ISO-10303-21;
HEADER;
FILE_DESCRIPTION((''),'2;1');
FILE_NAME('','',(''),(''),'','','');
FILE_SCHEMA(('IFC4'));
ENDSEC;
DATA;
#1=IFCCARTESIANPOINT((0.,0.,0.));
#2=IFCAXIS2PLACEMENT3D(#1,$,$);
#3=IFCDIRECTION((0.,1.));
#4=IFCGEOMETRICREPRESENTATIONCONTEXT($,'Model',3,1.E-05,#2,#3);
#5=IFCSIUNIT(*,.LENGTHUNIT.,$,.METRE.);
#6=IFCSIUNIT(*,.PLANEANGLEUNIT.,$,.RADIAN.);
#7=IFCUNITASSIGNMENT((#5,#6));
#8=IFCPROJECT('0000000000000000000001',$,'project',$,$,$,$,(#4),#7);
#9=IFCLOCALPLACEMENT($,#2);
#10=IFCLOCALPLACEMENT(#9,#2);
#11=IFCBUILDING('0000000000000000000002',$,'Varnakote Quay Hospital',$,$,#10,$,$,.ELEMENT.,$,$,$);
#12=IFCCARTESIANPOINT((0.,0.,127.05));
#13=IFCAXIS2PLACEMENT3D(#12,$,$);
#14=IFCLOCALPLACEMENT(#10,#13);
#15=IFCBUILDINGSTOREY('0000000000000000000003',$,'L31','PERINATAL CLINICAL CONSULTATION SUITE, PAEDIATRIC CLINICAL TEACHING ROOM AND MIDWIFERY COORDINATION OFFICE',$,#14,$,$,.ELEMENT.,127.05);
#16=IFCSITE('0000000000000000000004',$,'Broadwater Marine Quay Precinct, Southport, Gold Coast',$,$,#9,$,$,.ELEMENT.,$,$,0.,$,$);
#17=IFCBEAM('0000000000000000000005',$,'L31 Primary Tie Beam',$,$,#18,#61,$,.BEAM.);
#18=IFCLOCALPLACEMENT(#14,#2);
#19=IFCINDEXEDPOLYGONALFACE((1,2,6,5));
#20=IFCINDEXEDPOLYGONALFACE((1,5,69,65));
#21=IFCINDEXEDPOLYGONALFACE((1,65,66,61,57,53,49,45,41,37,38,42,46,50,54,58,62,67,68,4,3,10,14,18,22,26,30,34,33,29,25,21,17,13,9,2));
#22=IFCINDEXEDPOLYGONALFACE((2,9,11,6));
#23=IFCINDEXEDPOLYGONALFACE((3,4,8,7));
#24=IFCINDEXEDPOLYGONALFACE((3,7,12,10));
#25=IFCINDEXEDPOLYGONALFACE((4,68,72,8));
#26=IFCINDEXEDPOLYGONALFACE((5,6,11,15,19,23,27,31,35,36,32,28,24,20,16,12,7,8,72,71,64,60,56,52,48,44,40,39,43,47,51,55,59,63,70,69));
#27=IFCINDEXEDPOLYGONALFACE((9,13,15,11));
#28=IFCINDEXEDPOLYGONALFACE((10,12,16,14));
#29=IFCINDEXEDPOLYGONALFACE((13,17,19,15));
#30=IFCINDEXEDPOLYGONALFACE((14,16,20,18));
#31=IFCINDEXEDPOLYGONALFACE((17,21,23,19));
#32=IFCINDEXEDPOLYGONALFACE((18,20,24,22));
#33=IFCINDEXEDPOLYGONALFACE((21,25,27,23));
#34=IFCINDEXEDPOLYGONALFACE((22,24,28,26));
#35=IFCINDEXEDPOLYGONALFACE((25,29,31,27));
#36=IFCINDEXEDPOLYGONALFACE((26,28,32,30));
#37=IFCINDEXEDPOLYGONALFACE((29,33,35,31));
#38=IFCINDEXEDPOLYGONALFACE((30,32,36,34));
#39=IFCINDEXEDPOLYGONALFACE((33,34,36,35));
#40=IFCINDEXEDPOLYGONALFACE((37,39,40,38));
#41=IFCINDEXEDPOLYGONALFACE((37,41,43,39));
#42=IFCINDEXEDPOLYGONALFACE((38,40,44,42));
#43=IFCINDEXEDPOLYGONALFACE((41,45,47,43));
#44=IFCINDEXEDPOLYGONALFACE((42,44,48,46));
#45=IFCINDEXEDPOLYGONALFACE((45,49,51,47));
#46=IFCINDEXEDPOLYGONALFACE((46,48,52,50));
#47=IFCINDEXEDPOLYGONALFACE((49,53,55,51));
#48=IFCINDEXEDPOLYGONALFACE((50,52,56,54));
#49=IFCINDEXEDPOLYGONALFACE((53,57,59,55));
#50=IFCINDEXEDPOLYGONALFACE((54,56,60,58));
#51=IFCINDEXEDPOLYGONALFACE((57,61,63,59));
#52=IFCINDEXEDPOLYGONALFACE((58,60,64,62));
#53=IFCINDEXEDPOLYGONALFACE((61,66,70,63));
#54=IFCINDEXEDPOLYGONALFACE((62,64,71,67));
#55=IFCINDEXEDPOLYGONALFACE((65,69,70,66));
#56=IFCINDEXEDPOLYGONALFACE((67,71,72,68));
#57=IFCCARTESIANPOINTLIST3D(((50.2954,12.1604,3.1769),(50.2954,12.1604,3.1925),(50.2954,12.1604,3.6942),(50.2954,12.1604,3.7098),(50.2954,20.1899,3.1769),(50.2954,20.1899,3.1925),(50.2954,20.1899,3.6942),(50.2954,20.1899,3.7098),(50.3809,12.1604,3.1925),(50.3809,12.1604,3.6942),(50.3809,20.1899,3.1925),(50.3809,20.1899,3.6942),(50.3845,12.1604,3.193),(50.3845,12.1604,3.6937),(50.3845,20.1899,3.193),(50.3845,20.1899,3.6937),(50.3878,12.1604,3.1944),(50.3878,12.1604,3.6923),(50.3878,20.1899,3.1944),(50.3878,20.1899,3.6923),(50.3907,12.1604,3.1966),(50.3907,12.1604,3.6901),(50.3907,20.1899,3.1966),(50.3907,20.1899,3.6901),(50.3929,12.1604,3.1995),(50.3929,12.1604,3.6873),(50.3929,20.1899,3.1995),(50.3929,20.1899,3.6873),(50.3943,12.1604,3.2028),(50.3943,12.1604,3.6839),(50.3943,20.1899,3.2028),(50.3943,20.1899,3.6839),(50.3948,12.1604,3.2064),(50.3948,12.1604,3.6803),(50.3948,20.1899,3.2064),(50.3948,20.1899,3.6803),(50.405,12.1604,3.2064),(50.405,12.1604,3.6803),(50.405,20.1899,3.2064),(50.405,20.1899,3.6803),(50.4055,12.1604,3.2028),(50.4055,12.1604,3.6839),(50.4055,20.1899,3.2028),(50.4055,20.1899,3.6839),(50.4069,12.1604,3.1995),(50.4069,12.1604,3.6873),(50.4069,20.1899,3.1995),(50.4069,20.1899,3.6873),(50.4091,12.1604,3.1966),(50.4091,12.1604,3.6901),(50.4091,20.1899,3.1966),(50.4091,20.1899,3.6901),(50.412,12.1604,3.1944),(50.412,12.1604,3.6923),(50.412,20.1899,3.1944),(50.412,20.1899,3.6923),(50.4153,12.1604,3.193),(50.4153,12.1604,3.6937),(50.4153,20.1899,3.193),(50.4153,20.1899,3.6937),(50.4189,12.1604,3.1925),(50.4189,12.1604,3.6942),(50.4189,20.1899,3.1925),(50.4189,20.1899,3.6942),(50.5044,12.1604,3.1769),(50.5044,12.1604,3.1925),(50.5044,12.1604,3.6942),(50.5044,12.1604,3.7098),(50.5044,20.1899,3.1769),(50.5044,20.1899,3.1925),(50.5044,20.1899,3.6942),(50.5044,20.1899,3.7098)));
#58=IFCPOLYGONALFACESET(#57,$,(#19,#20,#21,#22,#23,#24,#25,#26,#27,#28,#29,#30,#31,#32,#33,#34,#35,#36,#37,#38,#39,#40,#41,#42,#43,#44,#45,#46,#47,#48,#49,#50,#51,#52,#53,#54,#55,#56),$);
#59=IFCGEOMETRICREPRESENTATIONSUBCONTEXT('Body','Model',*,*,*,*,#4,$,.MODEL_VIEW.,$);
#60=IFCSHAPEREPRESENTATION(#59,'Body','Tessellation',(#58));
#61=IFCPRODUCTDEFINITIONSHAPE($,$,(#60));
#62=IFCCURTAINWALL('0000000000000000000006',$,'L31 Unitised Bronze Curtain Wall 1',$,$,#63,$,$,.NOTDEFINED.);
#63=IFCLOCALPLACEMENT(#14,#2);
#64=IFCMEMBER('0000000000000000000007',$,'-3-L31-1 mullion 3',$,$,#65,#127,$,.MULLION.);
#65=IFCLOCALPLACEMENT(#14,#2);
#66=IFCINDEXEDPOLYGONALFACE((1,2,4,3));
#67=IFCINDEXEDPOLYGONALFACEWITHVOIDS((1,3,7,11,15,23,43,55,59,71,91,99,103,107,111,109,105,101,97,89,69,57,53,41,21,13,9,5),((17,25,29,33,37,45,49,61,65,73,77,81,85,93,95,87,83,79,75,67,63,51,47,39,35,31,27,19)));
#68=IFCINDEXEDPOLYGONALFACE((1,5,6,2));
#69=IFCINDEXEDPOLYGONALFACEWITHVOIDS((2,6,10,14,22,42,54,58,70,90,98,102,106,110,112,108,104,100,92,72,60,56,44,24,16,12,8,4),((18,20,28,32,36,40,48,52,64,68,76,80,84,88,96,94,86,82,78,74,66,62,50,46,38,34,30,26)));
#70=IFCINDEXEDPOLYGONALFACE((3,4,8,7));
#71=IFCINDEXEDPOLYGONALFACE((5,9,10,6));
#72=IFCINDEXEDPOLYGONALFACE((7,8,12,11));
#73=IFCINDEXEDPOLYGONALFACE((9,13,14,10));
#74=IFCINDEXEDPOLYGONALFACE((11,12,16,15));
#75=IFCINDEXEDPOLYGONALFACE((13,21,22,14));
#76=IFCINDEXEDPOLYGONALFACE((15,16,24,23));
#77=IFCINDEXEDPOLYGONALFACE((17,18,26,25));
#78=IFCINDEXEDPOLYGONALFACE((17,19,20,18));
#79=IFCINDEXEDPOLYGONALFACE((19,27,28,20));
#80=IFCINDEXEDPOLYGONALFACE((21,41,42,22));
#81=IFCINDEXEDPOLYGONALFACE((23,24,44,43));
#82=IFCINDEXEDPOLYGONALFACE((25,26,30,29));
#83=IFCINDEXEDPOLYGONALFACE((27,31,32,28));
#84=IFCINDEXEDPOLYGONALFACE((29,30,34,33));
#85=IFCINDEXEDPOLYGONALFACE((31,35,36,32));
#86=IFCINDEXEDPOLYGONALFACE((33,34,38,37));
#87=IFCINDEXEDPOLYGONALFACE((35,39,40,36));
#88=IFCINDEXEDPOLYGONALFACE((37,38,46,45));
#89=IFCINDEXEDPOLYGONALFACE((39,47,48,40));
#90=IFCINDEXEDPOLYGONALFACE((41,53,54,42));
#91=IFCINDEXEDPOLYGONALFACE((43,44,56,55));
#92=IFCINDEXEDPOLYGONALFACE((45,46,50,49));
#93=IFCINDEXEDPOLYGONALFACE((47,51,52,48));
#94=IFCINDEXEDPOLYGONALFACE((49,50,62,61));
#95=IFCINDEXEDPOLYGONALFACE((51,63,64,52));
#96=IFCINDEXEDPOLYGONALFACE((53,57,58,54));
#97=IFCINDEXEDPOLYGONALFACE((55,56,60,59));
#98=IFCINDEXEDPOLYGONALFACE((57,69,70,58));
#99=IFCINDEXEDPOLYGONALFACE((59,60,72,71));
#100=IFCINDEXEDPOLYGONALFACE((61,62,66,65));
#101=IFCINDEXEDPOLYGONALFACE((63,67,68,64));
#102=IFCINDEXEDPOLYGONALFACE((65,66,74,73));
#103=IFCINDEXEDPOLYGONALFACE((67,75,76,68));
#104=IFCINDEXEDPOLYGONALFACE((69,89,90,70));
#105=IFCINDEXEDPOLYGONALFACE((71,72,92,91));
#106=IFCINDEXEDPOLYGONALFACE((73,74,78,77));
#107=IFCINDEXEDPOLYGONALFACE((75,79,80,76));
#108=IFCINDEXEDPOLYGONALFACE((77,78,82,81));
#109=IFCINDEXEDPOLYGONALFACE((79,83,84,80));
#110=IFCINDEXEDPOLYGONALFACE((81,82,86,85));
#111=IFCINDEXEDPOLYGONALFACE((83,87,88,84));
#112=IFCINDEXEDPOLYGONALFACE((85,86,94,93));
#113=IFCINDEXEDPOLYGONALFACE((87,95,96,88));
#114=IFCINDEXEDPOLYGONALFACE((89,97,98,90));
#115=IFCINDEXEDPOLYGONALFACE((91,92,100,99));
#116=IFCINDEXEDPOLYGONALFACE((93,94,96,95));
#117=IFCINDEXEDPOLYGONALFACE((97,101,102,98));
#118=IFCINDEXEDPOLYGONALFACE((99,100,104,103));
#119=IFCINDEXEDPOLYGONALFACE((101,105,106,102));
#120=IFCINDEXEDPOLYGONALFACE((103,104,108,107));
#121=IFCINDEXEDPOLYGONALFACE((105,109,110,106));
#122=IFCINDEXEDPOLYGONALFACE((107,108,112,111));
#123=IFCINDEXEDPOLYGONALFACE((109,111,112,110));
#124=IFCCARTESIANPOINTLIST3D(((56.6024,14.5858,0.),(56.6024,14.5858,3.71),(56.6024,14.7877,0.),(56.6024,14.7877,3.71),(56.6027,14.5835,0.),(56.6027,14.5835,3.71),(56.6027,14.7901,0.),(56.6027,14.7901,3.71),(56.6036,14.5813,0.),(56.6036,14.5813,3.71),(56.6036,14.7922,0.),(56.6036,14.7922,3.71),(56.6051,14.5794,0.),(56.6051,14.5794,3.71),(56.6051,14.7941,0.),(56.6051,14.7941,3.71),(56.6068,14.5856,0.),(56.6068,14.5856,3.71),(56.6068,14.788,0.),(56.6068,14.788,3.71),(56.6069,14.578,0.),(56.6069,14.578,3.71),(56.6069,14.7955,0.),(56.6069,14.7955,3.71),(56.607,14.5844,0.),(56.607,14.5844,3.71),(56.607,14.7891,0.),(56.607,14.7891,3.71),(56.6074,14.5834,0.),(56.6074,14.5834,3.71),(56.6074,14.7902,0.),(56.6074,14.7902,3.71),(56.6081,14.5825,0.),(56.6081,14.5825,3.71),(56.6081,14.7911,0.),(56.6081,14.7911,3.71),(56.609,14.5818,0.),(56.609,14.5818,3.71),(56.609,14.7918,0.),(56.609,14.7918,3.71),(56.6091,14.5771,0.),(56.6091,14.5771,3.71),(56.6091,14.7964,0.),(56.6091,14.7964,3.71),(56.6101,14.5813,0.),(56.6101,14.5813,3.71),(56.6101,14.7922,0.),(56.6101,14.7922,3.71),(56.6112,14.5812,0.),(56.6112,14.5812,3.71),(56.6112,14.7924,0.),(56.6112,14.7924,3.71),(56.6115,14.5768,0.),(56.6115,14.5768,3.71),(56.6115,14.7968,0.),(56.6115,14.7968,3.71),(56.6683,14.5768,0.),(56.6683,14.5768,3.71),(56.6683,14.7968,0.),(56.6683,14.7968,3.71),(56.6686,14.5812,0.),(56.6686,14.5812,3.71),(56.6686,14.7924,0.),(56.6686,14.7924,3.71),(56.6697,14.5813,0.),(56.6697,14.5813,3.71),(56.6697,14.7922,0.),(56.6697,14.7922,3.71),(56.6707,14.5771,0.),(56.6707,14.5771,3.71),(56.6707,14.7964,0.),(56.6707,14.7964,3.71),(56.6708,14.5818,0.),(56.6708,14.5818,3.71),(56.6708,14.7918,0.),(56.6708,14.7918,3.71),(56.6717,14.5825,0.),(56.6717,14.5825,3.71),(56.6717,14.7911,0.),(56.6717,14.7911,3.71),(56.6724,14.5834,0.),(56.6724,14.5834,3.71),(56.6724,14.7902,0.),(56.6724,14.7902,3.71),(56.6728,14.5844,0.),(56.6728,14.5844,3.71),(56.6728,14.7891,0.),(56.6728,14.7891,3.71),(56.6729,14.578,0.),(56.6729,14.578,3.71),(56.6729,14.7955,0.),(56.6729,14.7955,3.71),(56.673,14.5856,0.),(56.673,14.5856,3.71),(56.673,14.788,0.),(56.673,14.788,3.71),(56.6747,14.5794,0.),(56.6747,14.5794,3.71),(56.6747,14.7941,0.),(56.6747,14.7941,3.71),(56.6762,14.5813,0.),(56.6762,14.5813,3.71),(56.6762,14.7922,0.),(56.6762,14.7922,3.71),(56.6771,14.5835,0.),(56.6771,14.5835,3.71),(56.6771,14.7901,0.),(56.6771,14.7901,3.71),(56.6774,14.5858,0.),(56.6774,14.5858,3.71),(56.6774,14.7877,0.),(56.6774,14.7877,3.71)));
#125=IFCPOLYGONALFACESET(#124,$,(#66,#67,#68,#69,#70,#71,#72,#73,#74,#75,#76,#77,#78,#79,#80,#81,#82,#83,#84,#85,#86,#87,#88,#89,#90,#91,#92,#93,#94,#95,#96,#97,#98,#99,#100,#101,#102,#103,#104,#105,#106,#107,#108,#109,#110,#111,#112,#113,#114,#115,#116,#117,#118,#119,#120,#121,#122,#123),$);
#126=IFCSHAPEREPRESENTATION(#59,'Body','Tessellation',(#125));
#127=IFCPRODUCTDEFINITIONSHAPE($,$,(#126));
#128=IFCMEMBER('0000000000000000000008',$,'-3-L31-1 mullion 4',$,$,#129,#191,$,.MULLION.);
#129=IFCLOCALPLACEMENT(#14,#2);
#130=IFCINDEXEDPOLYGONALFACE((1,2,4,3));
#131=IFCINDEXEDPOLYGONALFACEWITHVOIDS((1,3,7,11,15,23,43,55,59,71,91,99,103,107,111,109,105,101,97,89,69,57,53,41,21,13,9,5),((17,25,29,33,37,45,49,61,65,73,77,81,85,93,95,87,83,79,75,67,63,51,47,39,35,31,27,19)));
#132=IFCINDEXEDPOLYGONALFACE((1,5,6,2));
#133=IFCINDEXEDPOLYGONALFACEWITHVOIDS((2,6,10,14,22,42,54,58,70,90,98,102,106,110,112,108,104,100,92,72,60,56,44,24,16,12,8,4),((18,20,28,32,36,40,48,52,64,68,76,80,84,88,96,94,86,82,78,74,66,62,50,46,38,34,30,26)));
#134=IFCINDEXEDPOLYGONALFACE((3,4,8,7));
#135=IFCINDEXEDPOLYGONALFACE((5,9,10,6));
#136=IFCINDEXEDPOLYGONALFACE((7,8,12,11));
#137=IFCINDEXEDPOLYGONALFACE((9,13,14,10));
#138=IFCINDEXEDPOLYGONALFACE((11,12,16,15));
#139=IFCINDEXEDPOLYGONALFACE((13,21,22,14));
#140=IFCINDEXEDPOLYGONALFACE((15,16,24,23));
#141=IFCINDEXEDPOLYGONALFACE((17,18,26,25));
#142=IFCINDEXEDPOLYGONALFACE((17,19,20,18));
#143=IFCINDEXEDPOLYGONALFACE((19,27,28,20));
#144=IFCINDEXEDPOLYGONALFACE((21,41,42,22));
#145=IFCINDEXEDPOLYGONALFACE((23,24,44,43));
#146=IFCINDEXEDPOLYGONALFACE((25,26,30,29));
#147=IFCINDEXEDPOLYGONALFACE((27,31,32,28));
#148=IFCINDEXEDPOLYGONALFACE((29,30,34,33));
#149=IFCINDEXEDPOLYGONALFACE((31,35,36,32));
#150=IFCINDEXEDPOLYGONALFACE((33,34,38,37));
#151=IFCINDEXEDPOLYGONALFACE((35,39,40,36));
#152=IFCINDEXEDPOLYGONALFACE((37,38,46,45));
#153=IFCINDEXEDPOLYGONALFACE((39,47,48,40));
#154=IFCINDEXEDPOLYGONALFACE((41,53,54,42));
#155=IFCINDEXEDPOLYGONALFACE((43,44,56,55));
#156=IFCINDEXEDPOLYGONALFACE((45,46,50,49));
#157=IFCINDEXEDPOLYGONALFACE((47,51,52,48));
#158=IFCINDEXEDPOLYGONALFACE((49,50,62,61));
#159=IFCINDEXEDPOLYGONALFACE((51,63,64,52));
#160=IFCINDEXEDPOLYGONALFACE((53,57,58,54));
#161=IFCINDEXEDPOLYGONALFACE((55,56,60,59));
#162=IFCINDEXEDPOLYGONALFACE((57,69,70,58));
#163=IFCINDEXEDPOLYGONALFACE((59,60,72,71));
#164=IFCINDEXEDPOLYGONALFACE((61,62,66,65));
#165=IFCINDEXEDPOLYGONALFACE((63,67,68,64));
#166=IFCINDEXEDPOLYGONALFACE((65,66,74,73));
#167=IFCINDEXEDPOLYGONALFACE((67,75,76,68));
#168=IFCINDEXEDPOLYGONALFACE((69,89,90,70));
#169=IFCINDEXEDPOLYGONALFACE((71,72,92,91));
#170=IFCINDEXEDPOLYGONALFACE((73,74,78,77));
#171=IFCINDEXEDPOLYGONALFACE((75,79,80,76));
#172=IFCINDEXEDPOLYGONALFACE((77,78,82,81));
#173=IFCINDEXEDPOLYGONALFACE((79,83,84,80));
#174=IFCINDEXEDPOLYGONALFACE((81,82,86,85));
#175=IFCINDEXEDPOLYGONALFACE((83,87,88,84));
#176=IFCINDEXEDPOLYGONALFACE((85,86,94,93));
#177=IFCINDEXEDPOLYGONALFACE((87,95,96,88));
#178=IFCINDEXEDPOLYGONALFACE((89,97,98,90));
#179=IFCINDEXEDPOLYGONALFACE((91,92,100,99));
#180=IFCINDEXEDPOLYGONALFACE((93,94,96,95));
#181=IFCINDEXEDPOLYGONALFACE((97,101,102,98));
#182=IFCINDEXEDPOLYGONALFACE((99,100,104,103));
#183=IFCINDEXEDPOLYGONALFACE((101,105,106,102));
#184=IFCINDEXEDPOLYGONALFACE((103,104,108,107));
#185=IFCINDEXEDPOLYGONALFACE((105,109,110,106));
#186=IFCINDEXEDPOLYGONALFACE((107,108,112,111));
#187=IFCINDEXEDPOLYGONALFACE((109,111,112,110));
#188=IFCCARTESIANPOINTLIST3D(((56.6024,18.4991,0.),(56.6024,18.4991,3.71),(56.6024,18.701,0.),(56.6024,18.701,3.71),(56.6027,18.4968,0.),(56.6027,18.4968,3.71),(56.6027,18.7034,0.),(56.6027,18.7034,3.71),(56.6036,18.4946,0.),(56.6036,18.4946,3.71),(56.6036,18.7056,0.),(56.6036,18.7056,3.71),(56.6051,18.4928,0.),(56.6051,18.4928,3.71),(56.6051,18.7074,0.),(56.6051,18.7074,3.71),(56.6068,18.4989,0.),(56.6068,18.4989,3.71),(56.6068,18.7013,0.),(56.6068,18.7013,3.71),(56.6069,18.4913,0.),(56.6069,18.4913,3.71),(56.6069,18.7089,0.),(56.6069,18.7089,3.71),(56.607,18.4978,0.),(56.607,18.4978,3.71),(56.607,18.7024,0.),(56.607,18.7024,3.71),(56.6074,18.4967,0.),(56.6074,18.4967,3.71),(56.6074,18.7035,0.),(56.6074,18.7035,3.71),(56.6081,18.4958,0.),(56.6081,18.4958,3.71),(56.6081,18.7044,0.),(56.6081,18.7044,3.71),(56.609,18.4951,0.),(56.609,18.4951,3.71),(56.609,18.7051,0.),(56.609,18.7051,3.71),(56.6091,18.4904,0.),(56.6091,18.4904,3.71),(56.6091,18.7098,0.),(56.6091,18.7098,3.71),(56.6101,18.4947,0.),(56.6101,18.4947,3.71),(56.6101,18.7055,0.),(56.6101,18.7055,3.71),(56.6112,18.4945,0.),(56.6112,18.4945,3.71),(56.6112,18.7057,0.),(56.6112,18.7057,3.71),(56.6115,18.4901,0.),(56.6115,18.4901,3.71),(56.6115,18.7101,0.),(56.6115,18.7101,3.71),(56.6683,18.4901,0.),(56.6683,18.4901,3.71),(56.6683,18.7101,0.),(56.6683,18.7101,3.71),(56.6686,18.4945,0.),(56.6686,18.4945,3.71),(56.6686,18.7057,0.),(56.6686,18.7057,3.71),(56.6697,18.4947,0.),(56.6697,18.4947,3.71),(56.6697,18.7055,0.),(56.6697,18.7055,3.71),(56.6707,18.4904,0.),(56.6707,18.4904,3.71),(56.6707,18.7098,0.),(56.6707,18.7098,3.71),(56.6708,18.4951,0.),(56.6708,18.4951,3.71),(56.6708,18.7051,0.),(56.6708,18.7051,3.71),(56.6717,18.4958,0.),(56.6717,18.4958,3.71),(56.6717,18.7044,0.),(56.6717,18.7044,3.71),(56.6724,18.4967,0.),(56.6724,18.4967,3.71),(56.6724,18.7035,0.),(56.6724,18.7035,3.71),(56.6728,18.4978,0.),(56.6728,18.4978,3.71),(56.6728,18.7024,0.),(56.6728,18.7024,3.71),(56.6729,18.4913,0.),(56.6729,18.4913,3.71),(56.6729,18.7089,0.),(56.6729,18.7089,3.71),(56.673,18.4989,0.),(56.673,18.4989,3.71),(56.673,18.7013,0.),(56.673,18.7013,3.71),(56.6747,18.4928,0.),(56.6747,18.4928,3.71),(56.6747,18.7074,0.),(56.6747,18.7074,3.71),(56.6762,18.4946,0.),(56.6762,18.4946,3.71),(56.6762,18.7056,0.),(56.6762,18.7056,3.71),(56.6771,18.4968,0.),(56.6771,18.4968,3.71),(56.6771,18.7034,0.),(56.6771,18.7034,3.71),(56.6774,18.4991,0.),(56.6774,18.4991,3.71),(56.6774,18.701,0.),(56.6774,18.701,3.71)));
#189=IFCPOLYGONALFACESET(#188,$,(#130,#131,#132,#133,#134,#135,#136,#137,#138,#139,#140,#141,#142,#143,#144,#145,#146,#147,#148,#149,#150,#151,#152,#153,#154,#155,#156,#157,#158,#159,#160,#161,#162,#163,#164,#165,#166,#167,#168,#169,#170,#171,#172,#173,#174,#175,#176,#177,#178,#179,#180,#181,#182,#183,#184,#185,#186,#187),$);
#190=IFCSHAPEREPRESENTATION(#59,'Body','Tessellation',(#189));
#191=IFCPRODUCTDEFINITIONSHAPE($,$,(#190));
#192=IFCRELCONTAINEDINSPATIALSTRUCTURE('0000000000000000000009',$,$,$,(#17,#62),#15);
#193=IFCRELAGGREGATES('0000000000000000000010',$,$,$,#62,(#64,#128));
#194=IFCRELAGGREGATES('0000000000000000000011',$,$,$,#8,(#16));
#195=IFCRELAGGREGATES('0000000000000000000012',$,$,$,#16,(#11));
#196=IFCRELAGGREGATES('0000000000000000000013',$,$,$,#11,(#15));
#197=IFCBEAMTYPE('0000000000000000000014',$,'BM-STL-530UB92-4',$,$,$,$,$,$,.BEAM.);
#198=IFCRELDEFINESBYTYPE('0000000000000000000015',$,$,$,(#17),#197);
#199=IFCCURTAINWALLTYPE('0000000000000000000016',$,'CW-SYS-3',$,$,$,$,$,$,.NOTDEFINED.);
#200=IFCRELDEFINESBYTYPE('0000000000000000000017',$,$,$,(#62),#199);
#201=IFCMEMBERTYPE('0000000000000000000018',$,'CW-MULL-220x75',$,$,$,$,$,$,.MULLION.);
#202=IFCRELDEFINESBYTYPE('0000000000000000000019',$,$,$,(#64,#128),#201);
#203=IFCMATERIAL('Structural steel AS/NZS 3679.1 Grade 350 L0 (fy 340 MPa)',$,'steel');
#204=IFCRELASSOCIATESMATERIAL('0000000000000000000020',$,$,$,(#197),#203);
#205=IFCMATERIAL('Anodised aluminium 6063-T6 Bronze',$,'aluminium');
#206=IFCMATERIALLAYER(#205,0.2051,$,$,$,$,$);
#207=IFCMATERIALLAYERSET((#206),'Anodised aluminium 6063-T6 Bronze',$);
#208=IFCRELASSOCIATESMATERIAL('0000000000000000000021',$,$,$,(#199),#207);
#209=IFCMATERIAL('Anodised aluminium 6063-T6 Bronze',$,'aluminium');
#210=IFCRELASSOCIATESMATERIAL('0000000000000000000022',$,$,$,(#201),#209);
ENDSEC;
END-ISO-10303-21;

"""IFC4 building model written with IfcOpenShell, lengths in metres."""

from ifc_helpers import new_model, si_unit, direction, frame, origin, origin_2d, place, context, subcontext, project, spatial, hollow_rectangle, i_section, extrude, material, layer, layer_set, material_profile, profile_set, type_object, element, aggregate, save


model = new_model("IFC4")

# Units and contexts
model_context = context("Model", 3, precision=1e-05, world=origin(), true_north=direction((0.0, 1.0)))
body_context = subcontext(model_context, "Body", "Model", "MODEL_VIEW")
ifc_project = project(units=[si_unit("LENGTHUNIT", "METRE"), si_unit("PLANEANGLEUNIT", "RADIAN")], contexts=[model_context])

# Site, building, storey
site_placement = place(None, origin())
site = spatial("IfcSite", under=ifc_project, at=site_placement, Name="Broadwater Marine Quay Precinct, Southport, Gold Coast", CompositionType="ELEMENT", RefElevation=0.0)
building_placement = place(site_placement, origin())
building = spatial("IfcBuilding", under=site, at=building_placement, Name="Varnakote Quay Hospital", CompositionType="ELEMENT")
storey_placement = place(building_placement, frame((0.0, 0.0, 127.05)))
storey = spatial("IfcBuildingStorey", under=building, at=storey_placement, Name="L31", Description="PERINATAL CLINICAL CONSULTATION SUITE, PAEDIATRIC CLINICAL TEACHING ROOM AND MIDWIFERY COORDINATION OFFICE", CompositionType="ELEMENT", Elevation=127.05)

# Beam
ifc_material_1 = material(Name="Structural steel AS/NZS 3679.1 Grade 350 L0 (fy 340 MPa)", Category="steel")
ifc_material_profile_1 = material_profile(ifc_material_1, i_section(OverallWidth=0.209, OverallDepth=0.533, WebThickness=0.0103, FlangeThickness=0.0156, FilletRadius=0.0139, at=origin_2d()), Name="530UB92.4")
ifc_profile_set_1 = profile_set([ifc_material_profile_1], Name="Structural steel AS/NZS 3679.1 Grade 350 L0 (fy 340 MPa)")
beam_type = type_object("IfcBeamType", Name="BM-STL-530UB92-4", PredefinedType="BEAM", material=ifc_profile_set_1)
beam_placement = place(storey_placement, frame((50.3999, 12.1604, 3.4434), z_axis=(0.0, 1.0, 0.0), x_axis=(-1.0, 0.0, 0.0)))
element("IfcBeam", 1, at=beam_placement, inside=storey, type_object=beam_type, Name="L31 Primary Tie Beam", PredefinedType="BEAM", context=body_context, shape_type="SweptSolid", body=[
    extrude(i_section(OverallWidth=0.209, OverallDepth=0.533, WebThickness=0.0103, FlangeThickness=0.0156, FilletRadius=0.0139, at=origin_2d()), origin(), (0.0, 0.0, 1.0), 8.0295),
])

# Curtain wall, members
ifc_material_2 = material(Name="Anodised aluminium 6063-T6 Bronze", Category="aluminium")
ifc_layer_1 = layer(ifc_material_2, 0.2051)
ifc_layer_set_1 = layer_set([ifc_layer_1], Name="Anodised aluminium 6063-T6 Bronze")
curtain_wall_type = type_object("IfcCurtainWallType", Name="CW-SYS-3", PredefinedType="NOTDEFINED", material=ifc_layer_set_1)
curtain_wall_placement = place(storey_placement, origin())
curtain_wall = element("IfcCurtainWall", 2, at=curtain_wall_placement, inside=storey, type_object=curtain_wall_type, Name="L31 Unitised Bronze Curtain Wall 1", PredefinedType="NOTDEFINED")
ifc_material_3 = material(Name="Anodised aluminium 6063-T6 Bronze", Category="aluminium")
ifc_material_profile_2 = material_profile(ifc_material_3, hollow_rectangle(XDim=0.075, YDim=0.22, WallThickness=0.0044, InnerFilletRadius=0.0044, OuterFilletRadius=0.009, at=origin_2d()), Name="CW-MULL-220x75")
ifc_profile_set_2 = profile_set([ifc_material_profile_2], Name="Anodised aluminium 6063-T6 Bronze")
member_type_1 = type_object("IfcMemberType", Name="CW-MULL-220x75", PredefinedType="MULLION", material=ifc_profile_set_2)
member_1_placement = place(storey_placement, frame((56.6399, 14.6868, 0.0), z_axis=(0.0, 0.0, 1.0), x_axis=(-1.0, 0.0, 0.0)))
member_1 = element("IfcMember", 3, at=member_1_placement, type_object=member_type_1, Name="-3-L31-1 mullion 3", PredefinedType="MULLION", context=body_context, shape_type="SweptSolid", body=[
    extrude(hollow_rectangle(XDim=0.075, YDim=0.22, WallThickness=0.0044, InnerFilletRadius=0.0044, OuterFilletRadius=0.009, at=origin_2d()), origin(), (0.0, 0.0, 1.0), 3.71),
])
member_2_placement = place(storey_placement, frame((56.6399, 18.6001, 0.0), z_axis=(0.0, 0.0, 1.0), x_axis=(-1.0, 0.0, 0.0)))
member_2 = element("IfcMember", 4, at=member_2_placement, type_object=member_type_1, Name="-3-L31-1 mullion 4", PredefinedType="MULLION", context=body_context, shape_type="SweptSolid", body=[
    extrude(hollow_rectangle(XDim=0.075, YDim=0.22, WallThickness=0.0044, InnerFilletRadius=0.0044, OuterFilletRadius=0.009, at=origin_2d()), origin(), (0.0, 0.0, 1.0), 3.71),
])
aggregate(curtain_wall, [member_1, member_2])

save(model, "model.ifc")
